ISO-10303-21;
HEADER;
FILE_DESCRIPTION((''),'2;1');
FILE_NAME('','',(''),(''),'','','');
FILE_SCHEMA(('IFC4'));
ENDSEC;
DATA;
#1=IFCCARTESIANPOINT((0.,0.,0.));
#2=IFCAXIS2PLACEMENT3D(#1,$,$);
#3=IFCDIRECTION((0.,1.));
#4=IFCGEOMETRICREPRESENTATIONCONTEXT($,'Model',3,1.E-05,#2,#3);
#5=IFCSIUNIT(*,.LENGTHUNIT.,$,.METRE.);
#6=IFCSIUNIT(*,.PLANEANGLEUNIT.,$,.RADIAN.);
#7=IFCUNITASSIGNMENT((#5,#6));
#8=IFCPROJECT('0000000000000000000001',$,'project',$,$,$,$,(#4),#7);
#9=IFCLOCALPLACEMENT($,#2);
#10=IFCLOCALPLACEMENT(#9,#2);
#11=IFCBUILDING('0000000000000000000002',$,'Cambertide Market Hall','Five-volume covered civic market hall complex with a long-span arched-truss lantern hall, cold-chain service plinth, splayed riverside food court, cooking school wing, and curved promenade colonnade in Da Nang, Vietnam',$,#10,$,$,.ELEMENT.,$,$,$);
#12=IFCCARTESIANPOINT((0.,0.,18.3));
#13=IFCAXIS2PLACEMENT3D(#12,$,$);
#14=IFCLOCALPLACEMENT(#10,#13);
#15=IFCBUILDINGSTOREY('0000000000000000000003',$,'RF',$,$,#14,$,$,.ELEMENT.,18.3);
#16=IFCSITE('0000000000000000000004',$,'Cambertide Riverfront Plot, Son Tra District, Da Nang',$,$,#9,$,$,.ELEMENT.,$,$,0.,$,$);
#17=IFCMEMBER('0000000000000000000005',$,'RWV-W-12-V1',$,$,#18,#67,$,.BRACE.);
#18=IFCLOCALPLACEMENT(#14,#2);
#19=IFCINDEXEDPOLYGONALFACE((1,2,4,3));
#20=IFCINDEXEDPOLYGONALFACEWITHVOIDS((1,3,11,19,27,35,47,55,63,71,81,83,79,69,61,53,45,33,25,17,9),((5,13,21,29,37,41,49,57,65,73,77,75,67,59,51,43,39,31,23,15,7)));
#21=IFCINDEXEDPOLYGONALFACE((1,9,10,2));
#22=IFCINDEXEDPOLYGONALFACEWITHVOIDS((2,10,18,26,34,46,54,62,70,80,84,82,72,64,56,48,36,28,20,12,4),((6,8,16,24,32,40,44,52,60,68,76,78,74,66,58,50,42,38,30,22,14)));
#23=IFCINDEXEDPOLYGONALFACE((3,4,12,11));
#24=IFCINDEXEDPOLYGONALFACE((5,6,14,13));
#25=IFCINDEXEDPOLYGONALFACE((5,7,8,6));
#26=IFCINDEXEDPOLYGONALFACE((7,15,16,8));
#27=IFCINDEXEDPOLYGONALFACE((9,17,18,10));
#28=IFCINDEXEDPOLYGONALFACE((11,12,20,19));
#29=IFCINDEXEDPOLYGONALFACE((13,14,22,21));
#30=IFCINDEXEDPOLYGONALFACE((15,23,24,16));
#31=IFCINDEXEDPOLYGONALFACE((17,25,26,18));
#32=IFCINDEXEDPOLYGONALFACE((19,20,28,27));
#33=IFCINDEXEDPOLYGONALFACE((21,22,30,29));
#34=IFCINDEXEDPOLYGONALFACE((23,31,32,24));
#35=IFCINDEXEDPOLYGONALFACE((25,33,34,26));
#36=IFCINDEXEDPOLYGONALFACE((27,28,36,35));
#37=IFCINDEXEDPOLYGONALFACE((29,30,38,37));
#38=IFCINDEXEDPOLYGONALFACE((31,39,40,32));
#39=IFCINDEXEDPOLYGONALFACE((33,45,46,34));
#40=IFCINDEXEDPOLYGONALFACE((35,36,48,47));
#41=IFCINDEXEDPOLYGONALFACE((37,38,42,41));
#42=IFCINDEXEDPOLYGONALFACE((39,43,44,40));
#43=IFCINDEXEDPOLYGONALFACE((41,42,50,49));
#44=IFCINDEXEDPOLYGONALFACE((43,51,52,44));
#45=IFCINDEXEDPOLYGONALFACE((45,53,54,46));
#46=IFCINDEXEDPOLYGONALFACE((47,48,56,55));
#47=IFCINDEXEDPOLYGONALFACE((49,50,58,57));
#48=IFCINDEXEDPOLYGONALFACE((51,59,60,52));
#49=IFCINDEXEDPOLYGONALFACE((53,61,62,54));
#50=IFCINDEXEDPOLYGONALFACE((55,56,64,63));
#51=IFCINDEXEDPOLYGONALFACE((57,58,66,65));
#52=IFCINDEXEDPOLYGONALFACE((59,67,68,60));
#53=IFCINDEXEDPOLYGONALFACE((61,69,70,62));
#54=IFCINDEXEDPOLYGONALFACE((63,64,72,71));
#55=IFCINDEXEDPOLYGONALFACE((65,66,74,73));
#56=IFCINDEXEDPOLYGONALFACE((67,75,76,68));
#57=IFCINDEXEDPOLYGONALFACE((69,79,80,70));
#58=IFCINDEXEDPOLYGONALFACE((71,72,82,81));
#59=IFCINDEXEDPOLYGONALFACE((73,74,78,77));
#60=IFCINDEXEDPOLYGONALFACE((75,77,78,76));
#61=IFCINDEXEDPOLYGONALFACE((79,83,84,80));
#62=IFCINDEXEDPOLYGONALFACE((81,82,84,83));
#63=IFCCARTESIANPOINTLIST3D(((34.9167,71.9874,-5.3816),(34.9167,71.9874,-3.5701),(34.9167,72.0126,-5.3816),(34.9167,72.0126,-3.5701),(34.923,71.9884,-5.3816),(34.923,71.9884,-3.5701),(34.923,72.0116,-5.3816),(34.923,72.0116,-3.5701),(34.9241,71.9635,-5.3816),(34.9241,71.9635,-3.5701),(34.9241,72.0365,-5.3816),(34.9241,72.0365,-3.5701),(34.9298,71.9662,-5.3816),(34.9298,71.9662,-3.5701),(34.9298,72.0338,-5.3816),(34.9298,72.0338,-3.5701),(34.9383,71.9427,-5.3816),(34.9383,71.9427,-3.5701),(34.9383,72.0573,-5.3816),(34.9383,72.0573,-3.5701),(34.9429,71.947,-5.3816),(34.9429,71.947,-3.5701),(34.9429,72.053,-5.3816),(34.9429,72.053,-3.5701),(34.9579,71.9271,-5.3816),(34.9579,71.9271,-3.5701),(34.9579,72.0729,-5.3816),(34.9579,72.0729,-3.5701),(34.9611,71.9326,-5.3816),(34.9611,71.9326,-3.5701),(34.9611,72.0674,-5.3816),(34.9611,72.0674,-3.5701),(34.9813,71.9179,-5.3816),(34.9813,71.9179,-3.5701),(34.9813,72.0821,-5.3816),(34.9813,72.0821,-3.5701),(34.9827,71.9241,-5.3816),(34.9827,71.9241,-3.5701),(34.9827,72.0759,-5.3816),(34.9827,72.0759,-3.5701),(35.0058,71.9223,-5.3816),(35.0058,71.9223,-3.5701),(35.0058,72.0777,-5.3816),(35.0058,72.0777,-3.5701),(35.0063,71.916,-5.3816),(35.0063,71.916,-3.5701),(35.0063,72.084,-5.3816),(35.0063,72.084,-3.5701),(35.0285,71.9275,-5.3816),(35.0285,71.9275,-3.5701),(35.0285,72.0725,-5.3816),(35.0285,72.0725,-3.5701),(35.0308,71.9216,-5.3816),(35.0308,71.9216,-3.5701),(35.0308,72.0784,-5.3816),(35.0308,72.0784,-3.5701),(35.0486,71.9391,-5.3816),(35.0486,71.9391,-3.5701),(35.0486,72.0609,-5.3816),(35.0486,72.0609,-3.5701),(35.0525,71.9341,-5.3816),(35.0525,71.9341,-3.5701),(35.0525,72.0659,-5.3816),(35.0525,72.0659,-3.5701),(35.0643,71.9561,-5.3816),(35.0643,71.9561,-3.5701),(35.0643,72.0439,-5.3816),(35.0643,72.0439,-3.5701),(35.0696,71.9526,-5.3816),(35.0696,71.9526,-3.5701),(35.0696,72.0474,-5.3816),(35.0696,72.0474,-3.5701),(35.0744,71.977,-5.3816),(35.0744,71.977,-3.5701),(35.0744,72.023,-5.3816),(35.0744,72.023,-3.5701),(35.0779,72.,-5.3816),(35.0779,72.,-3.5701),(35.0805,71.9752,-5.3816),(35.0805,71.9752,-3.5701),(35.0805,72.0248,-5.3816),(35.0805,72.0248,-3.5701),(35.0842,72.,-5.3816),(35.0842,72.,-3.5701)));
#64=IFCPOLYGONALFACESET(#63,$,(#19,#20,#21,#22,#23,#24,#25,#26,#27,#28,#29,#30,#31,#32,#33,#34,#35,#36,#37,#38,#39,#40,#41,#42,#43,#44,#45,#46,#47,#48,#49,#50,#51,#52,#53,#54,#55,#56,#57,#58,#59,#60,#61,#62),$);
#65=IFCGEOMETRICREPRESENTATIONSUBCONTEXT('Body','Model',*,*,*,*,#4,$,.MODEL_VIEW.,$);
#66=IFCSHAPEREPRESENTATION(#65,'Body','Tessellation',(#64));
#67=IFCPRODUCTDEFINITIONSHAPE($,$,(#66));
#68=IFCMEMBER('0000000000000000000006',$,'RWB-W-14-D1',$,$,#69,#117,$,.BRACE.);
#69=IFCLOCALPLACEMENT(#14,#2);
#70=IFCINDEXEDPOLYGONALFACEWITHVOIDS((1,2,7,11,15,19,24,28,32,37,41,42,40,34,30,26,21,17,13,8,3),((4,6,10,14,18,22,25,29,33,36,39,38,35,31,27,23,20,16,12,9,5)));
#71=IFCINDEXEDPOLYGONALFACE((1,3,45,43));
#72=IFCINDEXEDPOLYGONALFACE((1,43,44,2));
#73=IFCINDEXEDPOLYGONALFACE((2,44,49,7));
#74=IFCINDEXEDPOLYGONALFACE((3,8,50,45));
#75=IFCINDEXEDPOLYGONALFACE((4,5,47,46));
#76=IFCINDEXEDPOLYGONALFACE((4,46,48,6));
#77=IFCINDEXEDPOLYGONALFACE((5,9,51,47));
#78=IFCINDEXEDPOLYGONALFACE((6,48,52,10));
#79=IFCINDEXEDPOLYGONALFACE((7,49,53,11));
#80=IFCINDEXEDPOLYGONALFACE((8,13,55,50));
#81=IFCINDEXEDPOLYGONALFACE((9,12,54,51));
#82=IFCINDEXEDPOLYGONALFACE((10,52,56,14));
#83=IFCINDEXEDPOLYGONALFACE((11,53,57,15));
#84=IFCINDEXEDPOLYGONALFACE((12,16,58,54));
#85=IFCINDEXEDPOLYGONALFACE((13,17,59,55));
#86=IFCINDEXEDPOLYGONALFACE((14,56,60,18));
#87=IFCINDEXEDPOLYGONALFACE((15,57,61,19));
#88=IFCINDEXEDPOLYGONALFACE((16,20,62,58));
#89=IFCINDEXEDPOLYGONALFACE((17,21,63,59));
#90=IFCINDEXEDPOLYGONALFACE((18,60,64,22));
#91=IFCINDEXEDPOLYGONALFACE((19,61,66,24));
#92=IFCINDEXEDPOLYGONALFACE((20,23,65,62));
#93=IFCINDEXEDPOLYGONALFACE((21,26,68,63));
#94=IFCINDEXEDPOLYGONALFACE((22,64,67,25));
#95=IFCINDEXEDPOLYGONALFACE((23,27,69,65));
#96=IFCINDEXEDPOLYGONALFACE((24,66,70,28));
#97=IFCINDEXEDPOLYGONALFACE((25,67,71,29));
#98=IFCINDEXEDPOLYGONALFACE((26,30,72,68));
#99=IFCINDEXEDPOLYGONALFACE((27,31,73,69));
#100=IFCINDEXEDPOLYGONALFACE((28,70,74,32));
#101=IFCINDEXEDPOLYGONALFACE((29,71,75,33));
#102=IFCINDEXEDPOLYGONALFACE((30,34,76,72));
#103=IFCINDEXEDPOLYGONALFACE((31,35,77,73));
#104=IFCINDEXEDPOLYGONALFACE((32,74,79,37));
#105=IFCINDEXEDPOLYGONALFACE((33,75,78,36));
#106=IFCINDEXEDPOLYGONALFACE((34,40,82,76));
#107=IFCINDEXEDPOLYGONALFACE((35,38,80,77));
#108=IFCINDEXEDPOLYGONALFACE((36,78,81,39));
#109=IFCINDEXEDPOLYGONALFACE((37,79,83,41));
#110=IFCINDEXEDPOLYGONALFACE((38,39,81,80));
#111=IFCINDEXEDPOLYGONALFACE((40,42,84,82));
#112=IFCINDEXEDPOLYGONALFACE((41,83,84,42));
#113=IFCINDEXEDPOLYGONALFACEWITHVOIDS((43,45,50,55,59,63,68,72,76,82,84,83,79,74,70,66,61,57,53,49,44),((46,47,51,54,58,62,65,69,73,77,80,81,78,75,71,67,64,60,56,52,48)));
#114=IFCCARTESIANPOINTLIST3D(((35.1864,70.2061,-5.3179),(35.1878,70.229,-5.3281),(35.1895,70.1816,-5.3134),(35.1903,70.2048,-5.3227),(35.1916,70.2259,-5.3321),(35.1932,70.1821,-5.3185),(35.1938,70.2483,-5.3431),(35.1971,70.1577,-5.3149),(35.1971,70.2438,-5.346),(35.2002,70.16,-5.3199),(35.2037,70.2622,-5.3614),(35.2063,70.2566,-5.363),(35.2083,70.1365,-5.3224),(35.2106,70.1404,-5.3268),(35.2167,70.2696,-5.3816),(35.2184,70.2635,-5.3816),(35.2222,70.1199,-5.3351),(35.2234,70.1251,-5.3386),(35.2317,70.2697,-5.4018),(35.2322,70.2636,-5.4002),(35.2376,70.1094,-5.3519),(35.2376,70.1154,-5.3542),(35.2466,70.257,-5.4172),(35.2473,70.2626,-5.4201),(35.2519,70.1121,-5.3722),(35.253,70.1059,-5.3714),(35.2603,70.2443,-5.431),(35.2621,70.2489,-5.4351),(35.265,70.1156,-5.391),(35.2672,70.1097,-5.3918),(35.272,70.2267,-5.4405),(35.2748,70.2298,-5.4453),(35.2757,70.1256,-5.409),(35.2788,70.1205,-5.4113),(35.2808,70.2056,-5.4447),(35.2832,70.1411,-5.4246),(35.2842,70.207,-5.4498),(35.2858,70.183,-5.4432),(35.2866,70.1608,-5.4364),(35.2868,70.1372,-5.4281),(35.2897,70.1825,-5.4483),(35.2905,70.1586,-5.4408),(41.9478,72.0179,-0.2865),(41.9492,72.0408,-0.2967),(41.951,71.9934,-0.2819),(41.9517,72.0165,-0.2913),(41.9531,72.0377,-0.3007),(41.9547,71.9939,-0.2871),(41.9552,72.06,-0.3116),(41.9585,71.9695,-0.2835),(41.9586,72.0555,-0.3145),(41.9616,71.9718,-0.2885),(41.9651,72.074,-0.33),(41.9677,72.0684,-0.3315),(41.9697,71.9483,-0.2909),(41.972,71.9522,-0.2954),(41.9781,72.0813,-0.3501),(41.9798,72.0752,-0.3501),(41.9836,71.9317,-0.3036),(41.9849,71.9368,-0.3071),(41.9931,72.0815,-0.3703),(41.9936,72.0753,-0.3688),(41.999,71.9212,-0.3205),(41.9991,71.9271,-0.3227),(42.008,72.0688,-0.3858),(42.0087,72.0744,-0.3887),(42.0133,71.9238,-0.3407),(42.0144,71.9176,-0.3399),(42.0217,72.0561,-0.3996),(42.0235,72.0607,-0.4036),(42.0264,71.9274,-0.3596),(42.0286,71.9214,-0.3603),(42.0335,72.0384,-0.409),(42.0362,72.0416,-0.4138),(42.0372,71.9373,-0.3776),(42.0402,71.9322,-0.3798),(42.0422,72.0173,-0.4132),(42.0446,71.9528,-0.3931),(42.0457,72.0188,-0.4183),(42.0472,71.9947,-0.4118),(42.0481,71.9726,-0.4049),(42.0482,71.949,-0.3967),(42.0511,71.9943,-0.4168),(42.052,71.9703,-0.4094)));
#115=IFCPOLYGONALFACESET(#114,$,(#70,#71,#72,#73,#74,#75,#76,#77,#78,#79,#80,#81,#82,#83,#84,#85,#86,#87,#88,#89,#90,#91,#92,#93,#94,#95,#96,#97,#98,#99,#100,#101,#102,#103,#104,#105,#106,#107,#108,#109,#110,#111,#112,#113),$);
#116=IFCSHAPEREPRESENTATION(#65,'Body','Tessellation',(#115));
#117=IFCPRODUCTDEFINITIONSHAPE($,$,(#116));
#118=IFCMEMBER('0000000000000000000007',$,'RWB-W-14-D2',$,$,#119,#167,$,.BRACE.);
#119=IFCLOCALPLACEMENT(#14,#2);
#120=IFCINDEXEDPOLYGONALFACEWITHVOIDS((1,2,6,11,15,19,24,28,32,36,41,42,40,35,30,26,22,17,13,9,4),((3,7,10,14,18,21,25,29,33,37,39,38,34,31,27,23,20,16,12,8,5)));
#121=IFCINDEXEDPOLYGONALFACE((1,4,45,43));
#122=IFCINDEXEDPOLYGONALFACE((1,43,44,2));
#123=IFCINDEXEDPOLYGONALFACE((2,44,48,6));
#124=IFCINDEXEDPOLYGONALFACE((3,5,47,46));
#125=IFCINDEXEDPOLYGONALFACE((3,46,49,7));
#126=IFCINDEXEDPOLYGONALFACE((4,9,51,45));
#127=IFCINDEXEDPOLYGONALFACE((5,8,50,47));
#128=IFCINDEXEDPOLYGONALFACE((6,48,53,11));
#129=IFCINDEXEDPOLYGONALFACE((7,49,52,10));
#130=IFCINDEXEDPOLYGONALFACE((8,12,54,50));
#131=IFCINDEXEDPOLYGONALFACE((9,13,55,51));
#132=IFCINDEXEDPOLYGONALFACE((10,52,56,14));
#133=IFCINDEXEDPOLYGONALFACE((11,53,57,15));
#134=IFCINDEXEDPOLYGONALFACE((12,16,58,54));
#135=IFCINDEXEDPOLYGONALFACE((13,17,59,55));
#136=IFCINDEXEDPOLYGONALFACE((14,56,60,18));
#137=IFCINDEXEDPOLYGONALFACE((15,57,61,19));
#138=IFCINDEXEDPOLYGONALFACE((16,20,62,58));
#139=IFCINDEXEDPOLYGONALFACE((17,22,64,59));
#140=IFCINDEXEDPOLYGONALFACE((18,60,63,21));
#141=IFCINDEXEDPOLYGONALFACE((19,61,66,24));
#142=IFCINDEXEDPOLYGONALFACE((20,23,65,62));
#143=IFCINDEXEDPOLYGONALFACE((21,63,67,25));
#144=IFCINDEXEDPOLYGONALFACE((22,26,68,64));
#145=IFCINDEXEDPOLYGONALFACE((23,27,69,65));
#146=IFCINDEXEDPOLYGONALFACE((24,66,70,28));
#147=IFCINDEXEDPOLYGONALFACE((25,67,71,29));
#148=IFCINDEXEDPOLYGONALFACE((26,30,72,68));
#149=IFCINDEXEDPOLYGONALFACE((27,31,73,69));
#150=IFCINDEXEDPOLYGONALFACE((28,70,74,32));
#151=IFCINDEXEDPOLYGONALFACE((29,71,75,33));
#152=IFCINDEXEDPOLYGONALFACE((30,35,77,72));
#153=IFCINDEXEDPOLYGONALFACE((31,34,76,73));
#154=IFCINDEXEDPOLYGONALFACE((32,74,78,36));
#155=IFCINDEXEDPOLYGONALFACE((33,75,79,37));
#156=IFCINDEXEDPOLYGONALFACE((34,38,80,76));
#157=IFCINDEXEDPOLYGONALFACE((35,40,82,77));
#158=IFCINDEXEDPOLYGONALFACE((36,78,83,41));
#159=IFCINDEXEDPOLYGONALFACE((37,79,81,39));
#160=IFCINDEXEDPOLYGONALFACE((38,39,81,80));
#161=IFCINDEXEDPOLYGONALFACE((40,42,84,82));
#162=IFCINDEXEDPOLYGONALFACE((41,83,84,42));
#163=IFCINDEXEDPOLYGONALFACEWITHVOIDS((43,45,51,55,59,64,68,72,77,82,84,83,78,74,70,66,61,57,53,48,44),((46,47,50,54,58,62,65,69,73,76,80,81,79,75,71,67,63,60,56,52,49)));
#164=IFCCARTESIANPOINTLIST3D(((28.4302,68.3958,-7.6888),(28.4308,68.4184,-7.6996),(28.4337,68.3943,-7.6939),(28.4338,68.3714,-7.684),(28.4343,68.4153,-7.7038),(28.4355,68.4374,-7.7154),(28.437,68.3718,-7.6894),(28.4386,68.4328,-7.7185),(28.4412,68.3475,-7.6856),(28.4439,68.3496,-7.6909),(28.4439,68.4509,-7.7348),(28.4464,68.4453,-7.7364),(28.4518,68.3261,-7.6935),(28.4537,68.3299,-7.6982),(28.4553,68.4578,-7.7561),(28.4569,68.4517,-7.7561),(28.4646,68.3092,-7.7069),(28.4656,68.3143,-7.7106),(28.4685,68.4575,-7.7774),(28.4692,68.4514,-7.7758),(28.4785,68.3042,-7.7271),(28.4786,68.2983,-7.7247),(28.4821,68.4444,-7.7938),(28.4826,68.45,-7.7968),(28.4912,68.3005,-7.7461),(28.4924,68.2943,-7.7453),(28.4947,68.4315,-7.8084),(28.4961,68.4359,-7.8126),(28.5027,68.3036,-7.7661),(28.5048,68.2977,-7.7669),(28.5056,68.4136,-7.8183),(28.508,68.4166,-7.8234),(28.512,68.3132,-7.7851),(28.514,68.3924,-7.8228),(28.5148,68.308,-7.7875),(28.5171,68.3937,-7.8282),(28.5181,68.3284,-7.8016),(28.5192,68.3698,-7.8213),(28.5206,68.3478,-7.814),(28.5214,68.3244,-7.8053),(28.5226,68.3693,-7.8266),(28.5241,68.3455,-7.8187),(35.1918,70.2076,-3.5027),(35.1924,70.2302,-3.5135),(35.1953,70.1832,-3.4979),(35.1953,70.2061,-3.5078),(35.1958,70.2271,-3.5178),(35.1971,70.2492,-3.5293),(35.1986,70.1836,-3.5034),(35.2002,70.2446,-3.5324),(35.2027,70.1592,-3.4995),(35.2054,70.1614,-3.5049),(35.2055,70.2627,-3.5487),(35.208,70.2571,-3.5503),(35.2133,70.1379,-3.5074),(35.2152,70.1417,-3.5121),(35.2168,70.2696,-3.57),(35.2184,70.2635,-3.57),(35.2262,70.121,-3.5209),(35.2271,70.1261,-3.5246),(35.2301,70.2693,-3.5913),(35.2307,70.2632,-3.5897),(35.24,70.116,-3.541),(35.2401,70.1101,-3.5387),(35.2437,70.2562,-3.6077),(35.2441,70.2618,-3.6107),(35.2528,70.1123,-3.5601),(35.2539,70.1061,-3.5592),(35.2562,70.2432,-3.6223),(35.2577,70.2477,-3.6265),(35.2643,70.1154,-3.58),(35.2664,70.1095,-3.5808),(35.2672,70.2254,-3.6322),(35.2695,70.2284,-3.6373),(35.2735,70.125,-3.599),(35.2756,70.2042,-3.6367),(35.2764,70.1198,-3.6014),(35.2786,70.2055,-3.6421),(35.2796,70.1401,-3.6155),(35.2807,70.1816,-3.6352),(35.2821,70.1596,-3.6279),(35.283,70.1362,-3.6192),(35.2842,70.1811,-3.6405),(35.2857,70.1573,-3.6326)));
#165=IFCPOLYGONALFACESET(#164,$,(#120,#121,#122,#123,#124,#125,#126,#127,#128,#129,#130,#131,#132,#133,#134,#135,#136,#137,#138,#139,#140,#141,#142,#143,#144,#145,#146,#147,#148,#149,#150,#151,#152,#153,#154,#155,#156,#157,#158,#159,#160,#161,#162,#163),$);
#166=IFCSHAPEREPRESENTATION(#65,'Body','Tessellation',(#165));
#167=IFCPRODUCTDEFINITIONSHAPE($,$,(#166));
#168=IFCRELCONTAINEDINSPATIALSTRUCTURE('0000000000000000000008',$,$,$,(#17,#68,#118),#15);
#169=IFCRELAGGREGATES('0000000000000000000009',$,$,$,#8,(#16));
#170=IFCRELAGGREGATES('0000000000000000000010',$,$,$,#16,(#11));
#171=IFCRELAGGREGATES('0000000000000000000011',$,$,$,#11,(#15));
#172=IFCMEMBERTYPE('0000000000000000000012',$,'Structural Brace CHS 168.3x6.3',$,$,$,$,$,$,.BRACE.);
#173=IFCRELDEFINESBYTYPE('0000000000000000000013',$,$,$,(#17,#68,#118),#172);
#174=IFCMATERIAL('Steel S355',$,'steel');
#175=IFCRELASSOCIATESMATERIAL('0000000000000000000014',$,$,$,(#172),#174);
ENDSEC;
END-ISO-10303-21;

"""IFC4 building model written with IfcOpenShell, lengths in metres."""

from ifc_helpers import new_model, si_unit, direction, frame, origin, origin_2d, place, context, subcontext, project, spatial, hollow_circle, extrude, material, material_profile, profile_set, type_object, element, save


model = new_model("IFC4")

# Units and contexts
model_context = context("Model", 3, precision=1e-05, world=origin(), true_north=direction((0.0, 1.0)))
body_context = subcontext(model_context, "Body", "Model", "MODEL_VIEW")
ifc_project = project(units=[si_unit("LENGTHUNIT", "METRE"), si_unit("PLANEANGLEUNIT", "RADIAN")], contexts=[model_context])

# Site, building, storey
site_placement = place(None, origin())
site = spatial("IfcSite", under=ifc_project, at=site_placement, Name="Cambertide Riverfront Plot, Son Tra District, Da Nang", CompositionType="ELEMENT", RefElevation=0.0)
building_placement = place(site_placement, origin())
building = spatial("IfcBuilding", under=site, at=building_placement, Name="Cambertide Market Hall", Description="Five-volume covered civic market hall complex with a long-span arched-truss lantern hall, cold-chain service plinth, splayed riverside food court, cooking school wing, and curved promenade colonnade in Da Nang, Vietnam", CompositionType="ELEMENT")
storey_placement = place(building_placement, frame((0.0, 0.0, 18.3)))
storey = spatial("IfcBuildingStorey", under=building, at=storey_placement, Name="RF", CompositionType="ELEMENT", Elevation=18.3)

# Members
ifc_material_1 = material(Name="Steel S355", Category="steel")
ifc_material_profile_1 = material_profile(ifc_material_1, hollow_circle(Radius=0.0842, WallThickness=0.0063, at=origin_2d()), Name="CHS 168.3x6.3")
ifc_profile_set_1 = profile_set([ifc_material_profile_1], Name="Steel S355")
member_type_1 = type_object("IfcMemberType", Name="Structural Brace CHS 168.3x6.3", PredefinedType="BRACE", material=ifc_profile_set_1)
member_1_placement = place(storey_placement, frame((35.0, 72.0, -5.3816), z_axis=(0.0, 0.0, 1.0), x_axis=(1.0, 0.0, 0.0)))
element("IfcMember", 1, at=member_1_placement, inside=storey, type_object=member_type_1, Name="RWV-W-12-V1", PredefinedType="BRACE", context=body_context, shape_type="SweptSolid", body=[
    extrude(hollow_circle(Radius=0.0842, WallThickness=0.0063, at=origin_2d()), origin(), (0.0, 0.0, 1.0), 1.8115),
])
member_2_placement = place(storey_placement, frame((35.2385, 70.1882, -5.3816), z_axis=(0.784333, 0.210165, 0.583655), x_axis=(-0.258824, 0.965925, 0.0)))
element("IfcMember", 2, at=member_2_placement, inside=storey, type_object=member_type_1, Name="RWB-W-14-D1", PredefinedType="BRACE", context=body_context, shape_type="SweptSolid", body=[
    extrude(hollow_circle(Radius=0.0842, WallThickness=0.0063, at=origin_2d()), origin(), (0.0, 0.0, 1.0), 8.6206),
])
member_3_placement = place(storey_placement, frame((28.4771, 68.3765, -7.7561), z_axis=(0.829002, 0.222135, 0.513236), x_axis=(-0.258824, 0.965925, 0.0)))
element("IfcMember", 3, at=member_3_placement, inside=storey, type_object=member_type_1, Name="RWB-W-14-D2", PredefinedType="BRACE", context=body_context, shape_type="SweptSolid", body=[
    extrude(hollow_circle(Radius=0.0842, WallThickness=0.0063, at=origin_2d()), origin(), (0.0, 0.0, 1.0), 8.1562),
])

save(model, "model.ifc")
